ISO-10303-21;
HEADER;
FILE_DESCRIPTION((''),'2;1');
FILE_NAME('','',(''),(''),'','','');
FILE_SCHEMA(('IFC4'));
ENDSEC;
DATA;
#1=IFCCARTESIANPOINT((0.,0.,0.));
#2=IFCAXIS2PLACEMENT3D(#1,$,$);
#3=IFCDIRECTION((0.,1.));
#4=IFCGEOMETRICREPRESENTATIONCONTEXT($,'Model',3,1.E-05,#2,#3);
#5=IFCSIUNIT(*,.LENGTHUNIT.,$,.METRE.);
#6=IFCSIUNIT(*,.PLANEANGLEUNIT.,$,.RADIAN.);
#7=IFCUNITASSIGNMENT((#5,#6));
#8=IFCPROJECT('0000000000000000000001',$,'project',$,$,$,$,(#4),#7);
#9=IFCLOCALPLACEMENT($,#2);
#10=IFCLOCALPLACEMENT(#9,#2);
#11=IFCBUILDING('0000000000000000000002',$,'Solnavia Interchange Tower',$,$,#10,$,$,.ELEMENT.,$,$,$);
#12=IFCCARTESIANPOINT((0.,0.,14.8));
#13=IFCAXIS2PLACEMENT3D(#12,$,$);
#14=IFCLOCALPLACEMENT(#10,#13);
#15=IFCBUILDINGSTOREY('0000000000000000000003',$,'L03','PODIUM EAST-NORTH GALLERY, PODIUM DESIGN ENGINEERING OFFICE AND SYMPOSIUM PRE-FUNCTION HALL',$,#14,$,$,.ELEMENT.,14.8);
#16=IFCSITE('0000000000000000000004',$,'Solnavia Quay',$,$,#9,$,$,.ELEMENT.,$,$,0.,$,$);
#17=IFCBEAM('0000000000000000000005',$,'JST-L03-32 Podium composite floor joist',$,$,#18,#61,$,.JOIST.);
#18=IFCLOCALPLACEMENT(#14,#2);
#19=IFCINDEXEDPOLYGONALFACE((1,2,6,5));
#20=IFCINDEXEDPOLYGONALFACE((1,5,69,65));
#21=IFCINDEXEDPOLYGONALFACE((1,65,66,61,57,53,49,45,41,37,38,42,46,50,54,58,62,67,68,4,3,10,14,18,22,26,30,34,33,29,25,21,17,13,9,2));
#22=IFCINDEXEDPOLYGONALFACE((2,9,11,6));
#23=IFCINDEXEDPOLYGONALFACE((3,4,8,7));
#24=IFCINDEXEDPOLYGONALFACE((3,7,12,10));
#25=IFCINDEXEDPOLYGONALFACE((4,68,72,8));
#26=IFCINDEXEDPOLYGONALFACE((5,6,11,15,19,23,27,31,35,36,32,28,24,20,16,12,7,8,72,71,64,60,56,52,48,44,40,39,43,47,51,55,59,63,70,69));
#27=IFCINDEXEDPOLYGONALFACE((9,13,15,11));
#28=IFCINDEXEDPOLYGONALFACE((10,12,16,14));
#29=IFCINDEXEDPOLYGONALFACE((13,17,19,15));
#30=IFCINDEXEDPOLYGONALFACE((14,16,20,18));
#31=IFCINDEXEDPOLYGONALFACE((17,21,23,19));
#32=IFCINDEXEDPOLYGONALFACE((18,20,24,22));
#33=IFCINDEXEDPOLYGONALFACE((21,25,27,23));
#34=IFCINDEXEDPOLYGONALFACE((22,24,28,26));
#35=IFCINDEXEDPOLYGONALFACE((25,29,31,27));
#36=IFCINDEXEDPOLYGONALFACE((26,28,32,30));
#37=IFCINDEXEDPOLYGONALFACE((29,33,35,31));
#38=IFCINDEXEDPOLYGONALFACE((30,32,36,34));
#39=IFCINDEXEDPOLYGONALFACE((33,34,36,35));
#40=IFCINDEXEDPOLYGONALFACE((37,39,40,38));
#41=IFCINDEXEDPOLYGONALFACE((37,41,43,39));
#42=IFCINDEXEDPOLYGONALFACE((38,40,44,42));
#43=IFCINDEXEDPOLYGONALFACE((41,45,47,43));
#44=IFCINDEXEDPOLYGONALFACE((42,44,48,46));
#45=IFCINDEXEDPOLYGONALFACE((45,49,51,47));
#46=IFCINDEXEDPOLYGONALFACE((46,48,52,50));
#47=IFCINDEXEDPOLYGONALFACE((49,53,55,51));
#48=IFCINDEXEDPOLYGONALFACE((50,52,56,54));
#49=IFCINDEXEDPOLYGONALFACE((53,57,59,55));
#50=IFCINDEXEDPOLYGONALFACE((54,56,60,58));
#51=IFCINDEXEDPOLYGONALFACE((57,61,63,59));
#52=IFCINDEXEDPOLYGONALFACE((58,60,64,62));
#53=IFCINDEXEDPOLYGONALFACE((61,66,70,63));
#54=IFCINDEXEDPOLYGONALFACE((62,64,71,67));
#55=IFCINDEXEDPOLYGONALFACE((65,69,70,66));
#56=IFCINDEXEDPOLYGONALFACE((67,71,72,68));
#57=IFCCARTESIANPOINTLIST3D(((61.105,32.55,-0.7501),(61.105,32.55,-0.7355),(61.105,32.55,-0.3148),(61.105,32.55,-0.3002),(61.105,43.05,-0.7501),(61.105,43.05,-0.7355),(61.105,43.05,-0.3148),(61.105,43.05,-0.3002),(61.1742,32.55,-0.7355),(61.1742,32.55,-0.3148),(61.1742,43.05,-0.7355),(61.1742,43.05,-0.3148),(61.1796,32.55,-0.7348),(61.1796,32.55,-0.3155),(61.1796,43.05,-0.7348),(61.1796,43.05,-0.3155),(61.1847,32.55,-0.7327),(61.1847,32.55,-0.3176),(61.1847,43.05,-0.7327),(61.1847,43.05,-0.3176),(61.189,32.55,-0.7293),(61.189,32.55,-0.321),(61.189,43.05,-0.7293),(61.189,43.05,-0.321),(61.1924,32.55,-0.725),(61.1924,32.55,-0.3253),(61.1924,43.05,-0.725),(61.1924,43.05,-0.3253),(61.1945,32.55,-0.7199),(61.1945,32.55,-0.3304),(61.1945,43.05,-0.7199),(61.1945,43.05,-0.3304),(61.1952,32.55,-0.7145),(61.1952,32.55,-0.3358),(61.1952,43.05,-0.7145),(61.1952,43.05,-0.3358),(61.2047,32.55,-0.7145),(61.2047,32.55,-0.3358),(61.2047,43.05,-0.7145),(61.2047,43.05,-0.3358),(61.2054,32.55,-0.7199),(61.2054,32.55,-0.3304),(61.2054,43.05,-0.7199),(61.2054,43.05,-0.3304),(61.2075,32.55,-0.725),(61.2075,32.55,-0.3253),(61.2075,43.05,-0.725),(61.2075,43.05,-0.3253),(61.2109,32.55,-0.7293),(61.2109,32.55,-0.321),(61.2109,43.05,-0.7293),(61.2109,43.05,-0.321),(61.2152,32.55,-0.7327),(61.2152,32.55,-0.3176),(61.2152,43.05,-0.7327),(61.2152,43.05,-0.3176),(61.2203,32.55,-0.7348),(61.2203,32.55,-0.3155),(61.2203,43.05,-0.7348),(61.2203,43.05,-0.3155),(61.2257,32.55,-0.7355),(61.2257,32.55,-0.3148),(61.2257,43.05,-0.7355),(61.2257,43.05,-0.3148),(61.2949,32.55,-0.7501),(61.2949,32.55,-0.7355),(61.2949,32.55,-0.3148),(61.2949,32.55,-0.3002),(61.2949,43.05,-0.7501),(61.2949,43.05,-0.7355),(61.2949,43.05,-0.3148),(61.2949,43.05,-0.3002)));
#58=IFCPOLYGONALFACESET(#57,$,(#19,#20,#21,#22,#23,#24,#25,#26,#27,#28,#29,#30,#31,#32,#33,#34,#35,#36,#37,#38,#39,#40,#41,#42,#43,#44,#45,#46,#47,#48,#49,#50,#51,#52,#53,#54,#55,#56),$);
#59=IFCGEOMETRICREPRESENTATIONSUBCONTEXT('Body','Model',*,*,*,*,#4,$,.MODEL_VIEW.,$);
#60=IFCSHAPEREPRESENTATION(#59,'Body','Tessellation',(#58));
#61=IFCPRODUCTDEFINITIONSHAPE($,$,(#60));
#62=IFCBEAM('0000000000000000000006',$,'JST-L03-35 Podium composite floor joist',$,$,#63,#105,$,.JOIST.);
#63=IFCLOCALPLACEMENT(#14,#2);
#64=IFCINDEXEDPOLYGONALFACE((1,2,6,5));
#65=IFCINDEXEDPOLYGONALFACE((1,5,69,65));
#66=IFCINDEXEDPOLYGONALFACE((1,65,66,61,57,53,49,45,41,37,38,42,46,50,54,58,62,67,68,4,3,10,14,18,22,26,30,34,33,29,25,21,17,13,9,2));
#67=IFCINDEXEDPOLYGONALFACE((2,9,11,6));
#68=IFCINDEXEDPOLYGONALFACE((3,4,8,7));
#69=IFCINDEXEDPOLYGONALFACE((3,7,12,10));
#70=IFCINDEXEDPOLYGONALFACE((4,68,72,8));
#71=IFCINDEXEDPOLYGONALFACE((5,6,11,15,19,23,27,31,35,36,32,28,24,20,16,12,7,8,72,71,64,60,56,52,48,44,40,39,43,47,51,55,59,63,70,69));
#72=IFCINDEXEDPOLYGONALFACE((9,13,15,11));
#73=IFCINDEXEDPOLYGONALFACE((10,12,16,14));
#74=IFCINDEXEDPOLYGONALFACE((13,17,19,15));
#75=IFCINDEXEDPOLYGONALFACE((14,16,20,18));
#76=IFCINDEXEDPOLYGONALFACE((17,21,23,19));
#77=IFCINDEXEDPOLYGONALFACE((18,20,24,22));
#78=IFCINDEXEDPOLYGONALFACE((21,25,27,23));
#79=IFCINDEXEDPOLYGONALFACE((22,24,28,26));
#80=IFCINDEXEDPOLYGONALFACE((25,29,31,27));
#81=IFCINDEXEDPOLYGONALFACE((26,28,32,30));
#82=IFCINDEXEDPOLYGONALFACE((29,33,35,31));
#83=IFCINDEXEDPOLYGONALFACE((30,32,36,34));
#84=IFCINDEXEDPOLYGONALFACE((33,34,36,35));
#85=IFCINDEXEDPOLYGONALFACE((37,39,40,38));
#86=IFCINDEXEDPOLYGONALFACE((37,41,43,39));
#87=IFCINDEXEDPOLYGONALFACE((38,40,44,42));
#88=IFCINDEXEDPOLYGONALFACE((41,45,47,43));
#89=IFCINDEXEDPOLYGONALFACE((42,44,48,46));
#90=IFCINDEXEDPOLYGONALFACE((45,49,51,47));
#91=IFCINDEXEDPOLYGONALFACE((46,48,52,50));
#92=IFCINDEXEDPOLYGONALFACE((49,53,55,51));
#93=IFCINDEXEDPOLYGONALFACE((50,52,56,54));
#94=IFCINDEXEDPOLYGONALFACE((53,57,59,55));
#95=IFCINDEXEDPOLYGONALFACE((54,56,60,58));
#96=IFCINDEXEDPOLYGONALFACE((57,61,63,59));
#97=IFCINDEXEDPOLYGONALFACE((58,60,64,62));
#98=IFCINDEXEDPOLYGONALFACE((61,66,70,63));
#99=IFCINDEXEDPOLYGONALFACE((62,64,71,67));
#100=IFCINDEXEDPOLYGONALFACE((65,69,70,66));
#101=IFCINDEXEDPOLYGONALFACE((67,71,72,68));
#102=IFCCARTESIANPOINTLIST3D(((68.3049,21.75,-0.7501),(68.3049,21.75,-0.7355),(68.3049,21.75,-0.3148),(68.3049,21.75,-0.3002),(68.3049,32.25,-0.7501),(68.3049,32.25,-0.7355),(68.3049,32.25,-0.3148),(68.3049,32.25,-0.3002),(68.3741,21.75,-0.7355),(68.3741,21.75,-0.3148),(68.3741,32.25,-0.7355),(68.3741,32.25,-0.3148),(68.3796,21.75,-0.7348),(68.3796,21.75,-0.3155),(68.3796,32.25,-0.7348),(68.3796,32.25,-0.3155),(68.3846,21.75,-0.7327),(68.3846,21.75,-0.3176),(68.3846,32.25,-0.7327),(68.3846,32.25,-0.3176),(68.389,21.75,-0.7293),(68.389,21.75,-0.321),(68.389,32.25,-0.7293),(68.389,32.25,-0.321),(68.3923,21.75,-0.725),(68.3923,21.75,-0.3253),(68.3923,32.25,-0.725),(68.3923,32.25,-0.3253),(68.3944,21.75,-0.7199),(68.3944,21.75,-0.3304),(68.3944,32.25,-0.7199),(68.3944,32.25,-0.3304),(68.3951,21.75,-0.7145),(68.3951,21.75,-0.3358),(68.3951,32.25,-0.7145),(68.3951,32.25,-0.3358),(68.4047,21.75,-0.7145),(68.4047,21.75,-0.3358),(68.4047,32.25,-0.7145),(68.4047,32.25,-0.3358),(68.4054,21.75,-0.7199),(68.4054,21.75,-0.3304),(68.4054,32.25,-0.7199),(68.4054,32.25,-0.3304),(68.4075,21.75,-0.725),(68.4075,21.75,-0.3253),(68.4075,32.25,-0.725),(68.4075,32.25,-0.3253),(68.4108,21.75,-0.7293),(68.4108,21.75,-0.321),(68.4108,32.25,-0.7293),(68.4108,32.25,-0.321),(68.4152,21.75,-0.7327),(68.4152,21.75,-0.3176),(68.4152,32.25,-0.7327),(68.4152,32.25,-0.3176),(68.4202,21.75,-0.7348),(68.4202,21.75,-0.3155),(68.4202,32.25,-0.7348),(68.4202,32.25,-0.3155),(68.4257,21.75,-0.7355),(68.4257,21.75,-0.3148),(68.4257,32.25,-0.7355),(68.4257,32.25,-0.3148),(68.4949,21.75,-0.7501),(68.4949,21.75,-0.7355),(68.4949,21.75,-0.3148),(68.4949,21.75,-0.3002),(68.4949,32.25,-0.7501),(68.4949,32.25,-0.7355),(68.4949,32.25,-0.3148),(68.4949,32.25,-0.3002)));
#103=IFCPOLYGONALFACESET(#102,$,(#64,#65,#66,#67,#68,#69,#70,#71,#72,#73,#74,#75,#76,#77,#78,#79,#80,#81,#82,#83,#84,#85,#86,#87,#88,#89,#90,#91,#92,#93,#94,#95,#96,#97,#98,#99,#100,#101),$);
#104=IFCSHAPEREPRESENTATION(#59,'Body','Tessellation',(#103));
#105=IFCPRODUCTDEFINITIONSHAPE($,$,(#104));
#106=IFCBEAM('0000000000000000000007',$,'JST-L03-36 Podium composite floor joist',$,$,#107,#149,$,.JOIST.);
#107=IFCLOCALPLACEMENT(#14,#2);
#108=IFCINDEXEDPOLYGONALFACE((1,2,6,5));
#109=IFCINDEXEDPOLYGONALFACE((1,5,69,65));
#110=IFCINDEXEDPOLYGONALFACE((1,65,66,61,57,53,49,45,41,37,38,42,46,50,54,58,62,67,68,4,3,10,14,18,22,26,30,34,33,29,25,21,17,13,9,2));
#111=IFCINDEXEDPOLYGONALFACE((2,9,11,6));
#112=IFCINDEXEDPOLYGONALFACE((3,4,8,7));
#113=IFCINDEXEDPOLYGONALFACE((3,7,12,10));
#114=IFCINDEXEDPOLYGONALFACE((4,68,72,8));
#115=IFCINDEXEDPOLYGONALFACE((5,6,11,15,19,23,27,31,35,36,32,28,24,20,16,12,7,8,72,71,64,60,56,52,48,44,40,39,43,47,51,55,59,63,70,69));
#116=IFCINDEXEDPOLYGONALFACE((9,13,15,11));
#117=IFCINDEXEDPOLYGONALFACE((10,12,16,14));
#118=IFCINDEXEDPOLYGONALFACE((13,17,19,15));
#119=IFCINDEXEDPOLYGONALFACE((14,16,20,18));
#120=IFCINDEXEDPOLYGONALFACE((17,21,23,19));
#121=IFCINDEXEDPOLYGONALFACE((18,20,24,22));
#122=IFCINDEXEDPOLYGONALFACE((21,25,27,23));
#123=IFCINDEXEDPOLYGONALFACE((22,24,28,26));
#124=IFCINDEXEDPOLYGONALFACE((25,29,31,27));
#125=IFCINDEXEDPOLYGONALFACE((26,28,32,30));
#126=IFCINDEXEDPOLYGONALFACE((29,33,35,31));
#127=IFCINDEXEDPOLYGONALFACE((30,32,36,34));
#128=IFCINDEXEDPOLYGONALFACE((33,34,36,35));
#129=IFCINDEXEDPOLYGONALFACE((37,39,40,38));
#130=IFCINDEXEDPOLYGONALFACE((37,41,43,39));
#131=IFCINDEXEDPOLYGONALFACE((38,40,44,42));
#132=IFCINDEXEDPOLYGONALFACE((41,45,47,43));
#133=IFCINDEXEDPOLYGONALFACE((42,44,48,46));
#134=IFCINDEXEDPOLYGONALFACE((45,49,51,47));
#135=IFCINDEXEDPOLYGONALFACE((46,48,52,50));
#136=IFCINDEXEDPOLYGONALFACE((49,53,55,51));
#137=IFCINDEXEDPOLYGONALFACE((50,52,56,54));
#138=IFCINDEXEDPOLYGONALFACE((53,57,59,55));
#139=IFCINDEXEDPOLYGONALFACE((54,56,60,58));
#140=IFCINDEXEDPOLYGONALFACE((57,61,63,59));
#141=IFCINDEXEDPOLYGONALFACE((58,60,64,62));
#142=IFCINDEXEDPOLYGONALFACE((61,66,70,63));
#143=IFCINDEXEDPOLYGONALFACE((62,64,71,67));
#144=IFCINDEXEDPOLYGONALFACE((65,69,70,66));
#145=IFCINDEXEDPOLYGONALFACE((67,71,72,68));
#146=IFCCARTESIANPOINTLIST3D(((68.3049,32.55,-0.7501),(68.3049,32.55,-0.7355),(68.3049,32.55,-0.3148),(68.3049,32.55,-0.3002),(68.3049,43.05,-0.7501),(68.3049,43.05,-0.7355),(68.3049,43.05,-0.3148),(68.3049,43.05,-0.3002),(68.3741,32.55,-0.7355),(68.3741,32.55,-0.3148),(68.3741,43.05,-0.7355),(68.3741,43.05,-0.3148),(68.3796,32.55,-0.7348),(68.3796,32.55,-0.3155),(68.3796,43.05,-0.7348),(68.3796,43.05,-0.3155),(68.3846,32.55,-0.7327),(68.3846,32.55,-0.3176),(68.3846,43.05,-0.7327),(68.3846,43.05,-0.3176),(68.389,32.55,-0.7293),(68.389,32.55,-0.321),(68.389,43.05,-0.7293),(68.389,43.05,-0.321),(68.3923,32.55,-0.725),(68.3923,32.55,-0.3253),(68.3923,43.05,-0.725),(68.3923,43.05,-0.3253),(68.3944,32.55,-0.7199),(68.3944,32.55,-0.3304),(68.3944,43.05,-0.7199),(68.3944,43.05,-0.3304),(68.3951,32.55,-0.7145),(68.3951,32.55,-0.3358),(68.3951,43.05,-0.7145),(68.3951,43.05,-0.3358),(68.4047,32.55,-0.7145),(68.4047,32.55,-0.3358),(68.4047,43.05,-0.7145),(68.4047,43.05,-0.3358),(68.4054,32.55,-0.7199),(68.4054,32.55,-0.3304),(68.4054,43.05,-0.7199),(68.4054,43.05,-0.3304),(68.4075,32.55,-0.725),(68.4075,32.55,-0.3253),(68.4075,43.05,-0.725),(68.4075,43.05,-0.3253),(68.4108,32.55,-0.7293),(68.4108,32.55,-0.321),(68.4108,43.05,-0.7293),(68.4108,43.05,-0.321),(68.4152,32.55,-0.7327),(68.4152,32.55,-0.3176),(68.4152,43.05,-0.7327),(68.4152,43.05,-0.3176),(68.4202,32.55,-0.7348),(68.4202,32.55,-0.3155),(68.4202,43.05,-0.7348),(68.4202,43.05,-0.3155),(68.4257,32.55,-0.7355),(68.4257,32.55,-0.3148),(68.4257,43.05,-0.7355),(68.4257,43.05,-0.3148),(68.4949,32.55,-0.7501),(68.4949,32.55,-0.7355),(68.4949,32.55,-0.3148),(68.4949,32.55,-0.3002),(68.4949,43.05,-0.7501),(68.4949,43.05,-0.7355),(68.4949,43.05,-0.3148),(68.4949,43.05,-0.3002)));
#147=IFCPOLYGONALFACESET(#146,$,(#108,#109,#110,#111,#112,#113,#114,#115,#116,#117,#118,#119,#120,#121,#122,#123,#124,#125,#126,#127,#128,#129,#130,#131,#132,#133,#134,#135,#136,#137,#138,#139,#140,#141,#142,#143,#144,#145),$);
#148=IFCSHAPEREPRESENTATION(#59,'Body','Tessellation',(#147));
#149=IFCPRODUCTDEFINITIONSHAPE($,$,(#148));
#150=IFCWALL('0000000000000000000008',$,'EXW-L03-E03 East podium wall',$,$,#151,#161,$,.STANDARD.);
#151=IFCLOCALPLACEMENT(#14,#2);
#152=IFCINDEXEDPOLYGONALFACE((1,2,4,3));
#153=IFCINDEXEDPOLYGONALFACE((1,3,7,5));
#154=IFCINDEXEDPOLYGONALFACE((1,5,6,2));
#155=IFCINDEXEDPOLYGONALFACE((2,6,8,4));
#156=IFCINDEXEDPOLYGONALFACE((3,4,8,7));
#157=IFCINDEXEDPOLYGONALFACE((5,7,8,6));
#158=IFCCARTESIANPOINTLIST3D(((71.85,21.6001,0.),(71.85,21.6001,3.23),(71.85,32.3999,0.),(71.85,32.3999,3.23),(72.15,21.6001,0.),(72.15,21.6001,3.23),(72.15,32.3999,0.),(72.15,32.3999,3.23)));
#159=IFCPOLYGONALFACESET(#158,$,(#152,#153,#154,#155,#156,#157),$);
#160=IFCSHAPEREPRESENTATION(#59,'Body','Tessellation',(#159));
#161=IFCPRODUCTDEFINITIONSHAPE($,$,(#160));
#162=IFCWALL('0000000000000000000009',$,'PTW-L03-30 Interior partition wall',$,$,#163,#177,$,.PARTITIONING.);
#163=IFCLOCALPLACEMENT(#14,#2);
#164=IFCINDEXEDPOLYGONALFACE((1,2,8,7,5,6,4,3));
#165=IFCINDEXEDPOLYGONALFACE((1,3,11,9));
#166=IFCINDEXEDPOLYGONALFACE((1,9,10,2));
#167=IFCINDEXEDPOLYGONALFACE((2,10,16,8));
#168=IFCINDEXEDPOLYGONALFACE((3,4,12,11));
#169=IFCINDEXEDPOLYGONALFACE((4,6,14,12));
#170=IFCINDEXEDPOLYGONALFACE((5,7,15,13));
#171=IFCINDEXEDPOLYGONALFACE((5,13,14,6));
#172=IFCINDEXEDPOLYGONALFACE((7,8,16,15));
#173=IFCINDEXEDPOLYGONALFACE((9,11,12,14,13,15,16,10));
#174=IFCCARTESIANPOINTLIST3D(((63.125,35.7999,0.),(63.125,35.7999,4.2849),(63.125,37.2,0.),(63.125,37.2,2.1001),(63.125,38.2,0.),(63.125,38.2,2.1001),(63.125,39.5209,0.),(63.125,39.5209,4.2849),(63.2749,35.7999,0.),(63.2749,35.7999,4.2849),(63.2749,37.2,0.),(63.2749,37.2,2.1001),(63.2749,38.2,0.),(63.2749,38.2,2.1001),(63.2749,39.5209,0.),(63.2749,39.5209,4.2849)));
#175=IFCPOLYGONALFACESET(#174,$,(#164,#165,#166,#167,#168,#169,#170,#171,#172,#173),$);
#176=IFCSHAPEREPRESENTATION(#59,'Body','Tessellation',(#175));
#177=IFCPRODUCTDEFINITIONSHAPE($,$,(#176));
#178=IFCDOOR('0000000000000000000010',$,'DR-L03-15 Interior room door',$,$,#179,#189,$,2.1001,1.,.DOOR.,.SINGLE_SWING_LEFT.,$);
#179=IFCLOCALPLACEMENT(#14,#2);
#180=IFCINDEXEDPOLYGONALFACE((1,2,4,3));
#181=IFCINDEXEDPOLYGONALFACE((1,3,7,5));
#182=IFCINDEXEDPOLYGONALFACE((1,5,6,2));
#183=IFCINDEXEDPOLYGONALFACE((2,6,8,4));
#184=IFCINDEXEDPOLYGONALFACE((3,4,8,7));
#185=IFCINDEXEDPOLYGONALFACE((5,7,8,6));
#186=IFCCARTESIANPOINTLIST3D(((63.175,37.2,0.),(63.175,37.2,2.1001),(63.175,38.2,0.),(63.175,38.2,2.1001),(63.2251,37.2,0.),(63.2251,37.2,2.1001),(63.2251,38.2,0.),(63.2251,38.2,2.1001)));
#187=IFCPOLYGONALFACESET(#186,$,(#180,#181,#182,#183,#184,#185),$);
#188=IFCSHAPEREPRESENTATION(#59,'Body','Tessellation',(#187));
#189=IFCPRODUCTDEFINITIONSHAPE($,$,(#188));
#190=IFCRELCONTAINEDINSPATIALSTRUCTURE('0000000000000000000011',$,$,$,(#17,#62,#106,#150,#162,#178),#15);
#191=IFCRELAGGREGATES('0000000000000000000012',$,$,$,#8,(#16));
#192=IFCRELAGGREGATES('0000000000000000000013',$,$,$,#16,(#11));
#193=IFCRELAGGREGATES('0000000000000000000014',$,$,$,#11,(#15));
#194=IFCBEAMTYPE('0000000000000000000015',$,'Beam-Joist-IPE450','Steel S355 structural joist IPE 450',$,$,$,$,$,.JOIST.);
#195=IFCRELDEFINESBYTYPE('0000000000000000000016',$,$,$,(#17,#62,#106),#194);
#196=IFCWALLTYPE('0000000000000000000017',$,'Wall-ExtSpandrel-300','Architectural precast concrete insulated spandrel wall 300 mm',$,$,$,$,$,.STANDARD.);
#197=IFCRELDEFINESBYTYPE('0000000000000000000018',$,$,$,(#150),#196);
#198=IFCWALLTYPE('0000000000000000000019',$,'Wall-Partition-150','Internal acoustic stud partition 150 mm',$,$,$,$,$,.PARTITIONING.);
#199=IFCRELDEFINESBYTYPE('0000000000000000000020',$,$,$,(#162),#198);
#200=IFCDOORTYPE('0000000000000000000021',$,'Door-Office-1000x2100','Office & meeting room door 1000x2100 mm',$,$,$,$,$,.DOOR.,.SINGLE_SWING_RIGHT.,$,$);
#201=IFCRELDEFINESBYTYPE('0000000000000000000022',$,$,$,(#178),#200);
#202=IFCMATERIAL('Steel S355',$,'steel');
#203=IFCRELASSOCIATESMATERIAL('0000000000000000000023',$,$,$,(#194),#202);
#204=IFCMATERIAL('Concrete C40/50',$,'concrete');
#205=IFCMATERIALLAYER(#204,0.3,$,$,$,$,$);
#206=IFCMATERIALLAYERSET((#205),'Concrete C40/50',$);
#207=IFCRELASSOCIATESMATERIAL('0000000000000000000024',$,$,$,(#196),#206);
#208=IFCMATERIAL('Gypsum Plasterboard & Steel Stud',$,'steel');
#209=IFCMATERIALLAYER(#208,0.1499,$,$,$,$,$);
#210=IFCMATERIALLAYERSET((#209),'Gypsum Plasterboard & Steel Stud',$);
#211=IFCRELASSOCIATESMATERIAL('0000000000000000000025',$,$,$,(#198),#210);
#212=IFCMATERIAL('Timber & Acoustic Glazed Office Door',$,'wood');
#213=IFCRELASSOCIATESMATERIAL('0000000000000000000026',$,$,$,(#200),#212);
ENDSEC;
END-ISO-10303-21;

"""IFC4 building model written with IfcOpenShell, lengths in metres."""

from ifc_helpers import new_model, si_unit, direction, frame, frame_2d, origin, origin_2d, place, context, subcontext, project, spatial, rectangle, i_section, extrude, material, layer, layer_set, material_profile, profile_set, type_object, element, fill, save


model = new_model("IFC4")

# Units and contexts
model_context = context("Model", 3, precision=1e-05, world=origin(), true_north=direction((0.0, 1.0)))
body_context = subcontext(model_context, "Body", "Model", "MODEL_VIEW")
ifc_project = project(units=[si_unit("LENGTHUNIT", "METRE"), si_unit("PLANEANGLEUNIT", "RADIAN")], contexts=[model_context])

# Site, building, storey
site_placement = place(None, origin())
site = spatial("IfcSite", under=ifc_project, at=site_placement, Name="Solnavia Quay", CompositionType="ELEMENT", RefElevation=0.0)
building_placement = place(site_placement, origin())
building = spatial("IfcBuilding", under=site, at=building_placement, Name="Solnavia Interchange Tower", CompositionType="ELEMENT")
storey_placement = place(building_placement, frame((0.0, 0.0, 14.8)))
storey = spatial("IfcBuildingStorey", under=building, at=storey_placement, Name="L03", Description="PODIUM EAST-NORTH GALLERY, PODIUM DESIGN ENGINEERING OFFICE AND SYMPOSIUM PRE-FUNCTION HALL", CompositionType="ELEMENT", Elevation=14.8)

# Beams
ifc_material_1 = material(Name="Steel S355", Category="steel")
ifc_material_profile_1 = material_profile(ifc_material_1, i_section(OverallWidth=0.1899, OverallDepth=0.45, WebThickness=0.0095, FlangeThickness=0.0146, FilletRadius=0.021, at=origin_2d()), Name="IPE 450")
ifc_profile_set_1 = profile_set([ifc_material_profile_1], Name="Steel S355")
beam_type_1 = type_object("IfcBeamType", Name="Beam-Joist-IPE450", Description="Steel S355 structural joist IPE 450", PredefinedType="JOIST", material=ifc_profile_set_1)
for number, where, z_axis, x_axis, name in (
    (1, (61.2, 32.55, -0.5251), (0.0, 1.0, 0.0), (-1.0, 0.0, 0.0), "JST-L03-32 Podium composite floor joist"),
    (2, (68.3999, 21.75, -0.5251), (0.0, 1.0, 0.0), (-1.0, 0.0, 0.0), "JST-L03-35 Podium composite floor joist"),
    (3, (68.3999, 32.55, -0.5251), (0.0, 1.0, 0.0), (-1.0, 0.0, 0.0), "JST-L03-36 Podium composite floor joist"),
):
    element("IfcBeam", number, at=place(storey_placement, frame(where, z_axis=z_axis, x_axis=x_axis)), inside=storey, type_object=beam_type_1, Name=name, PredefinedType="JOIST", context=body_context, shape_type="SweptSolid", body=[
        extrude(i_section(OverallWidth=0.1899, OverallDepth=0.45, WebThickness=0.0095, FlangeThickness=0.0146, FilletRadius=0.021, at=origin_2d()), origin(), (0.0, 0.0, 1.0), 10.5),
    ])

# Wall
ifc_material_2 = material(Name="Concrete C40/50", Category="concrete")
ifc_layer_1 = layer(ifc_material_2, 0.3)
ifc_layer_set_1 = layer_set([ifc_layer_1], Name="Concrete C40/50")
wall_type_1 = type_object("IfcWallType", Name="Wall-ExtSpandrel-300", Description="Architectural precast concrete insulated spandrel wall 300 mm", PredefinedType="STANDARD", material=ifc_layer_set_1)
wall_1_placement = place(storey_placement, frame((72.0, 32.3999, 0.0), z_axis=(0.0, 0.0, 1.0), x_axis=(0.0, -1.0, 0.0)))
element("IfcWall", 4, at=wall_1_placement, inside=storey, type_object=wall_type_1, Name="EXW-L03-E03 East podium wall", PredefinedType="STANDARD", context=body_context, shape_type="SweptSolid", body=[
    extrude(rectangle(XDim=10.7998, YDim=0.3, at=frame_2d((5.3999, 0.0))), origin(), (0.0, 0.0, 1.0), 3.23),
])

# Wall, opening, door
ifc_material_3 = material(Name="Gypsum Plasterboard & Steel Stud", Category="steel")
ifc_layer_2 = layer(ifc_material_3, 0.1499)
ifc_layer_set_2 = layer_set([ifc_layer_2], Name="Gypsum Plasterboard & Steel Stud")
wall_type_2 = type_object("IfcWallType", Name="Wall-Partition-150", Description="Internal acoustic stud partition 150 mm", PredefinedType="PARTITIONING", material=ifc_layer_set_2)
wall_2_placement = place(storey_placement, frame((63.2, 35.8, 0.0), z_axis=(0.0, 0.0, 1.0), x_axis=(0.0, 1.0, 0.0)))
wall_2 = element("IfcWall", 5, at=wall_2_placement, inside=storey, type_object=wall_type_2, Name="PTW-L03-30 Interior partition wall", PredefinedType="PARTITIONING", context=body_context, shape_type="SweptSolid", body=[
    extrude(rectangle(XDim=3.7209, YDim=0.1499, at=frame_2d((1.8604, 0.0))), origin(), (0.0, 0.0, 1.0), 4.2849),
])
opening_1_placement = place(wall_2_placement, frame((1.3999, 0.0, 0.0)))
opening_1 = element("IfcOpeningElement", 6, at=opening_1_placement, cuts=wall_2, PredefinedType="OPENING", context=body_context, shape_type="SweptSolid", body=[
    extrude(rectangle(XDim=1.0, YDim=2.1001, at=frame_2d((0.5, 1.05))), frame((0.0, 0.085, 0.0), z_axis=(0.0, -1.0, 0.0), x_axis=(1.0, 0.0, 0.0)), (0.0, 0.0, 1.0), 0.1699),
])
ifc_material_4 = material(Name="Timber & Acoustic Glazed Office Door", Category="wood")
door_type_1 = type_object("IfcDoorType", Name="Door-Office-1000x2100", Description="Office & meeting room door 1000x2100 mm", OperationType="SINGLE_SWING_RIGHT", PredefinedType="DOOR", material=ifc_material_4)
door_1_placement = place(opening_1_placement, origin())
door_1 = element("IfcDoor", 7, at=door_1_placement, inside=storey, type_object=door_type_1, Name="DR-L03-15 Interior room door", OperationType="SINGLE_SWING_LEFT", OverallHeight=2.1001, OverallWidth=1.0, PredefinedType="DOOR", context=body_context, shape_type="SweptSolid", body=[
    extrude(rectangle(XDim=1.0, YDim=2.1001, at=frame_2d((0.5, 1.05))), frame((0.0, 0.0249, 0.0), z_axis=(0.0, -1.0, 0.0), x_axis=(1.0, 0.0, 0.0)), (0.0, 0.0, 1.0), 0.05),
])
fill(opening_1, door_1)

save(model, "model.ifc")
